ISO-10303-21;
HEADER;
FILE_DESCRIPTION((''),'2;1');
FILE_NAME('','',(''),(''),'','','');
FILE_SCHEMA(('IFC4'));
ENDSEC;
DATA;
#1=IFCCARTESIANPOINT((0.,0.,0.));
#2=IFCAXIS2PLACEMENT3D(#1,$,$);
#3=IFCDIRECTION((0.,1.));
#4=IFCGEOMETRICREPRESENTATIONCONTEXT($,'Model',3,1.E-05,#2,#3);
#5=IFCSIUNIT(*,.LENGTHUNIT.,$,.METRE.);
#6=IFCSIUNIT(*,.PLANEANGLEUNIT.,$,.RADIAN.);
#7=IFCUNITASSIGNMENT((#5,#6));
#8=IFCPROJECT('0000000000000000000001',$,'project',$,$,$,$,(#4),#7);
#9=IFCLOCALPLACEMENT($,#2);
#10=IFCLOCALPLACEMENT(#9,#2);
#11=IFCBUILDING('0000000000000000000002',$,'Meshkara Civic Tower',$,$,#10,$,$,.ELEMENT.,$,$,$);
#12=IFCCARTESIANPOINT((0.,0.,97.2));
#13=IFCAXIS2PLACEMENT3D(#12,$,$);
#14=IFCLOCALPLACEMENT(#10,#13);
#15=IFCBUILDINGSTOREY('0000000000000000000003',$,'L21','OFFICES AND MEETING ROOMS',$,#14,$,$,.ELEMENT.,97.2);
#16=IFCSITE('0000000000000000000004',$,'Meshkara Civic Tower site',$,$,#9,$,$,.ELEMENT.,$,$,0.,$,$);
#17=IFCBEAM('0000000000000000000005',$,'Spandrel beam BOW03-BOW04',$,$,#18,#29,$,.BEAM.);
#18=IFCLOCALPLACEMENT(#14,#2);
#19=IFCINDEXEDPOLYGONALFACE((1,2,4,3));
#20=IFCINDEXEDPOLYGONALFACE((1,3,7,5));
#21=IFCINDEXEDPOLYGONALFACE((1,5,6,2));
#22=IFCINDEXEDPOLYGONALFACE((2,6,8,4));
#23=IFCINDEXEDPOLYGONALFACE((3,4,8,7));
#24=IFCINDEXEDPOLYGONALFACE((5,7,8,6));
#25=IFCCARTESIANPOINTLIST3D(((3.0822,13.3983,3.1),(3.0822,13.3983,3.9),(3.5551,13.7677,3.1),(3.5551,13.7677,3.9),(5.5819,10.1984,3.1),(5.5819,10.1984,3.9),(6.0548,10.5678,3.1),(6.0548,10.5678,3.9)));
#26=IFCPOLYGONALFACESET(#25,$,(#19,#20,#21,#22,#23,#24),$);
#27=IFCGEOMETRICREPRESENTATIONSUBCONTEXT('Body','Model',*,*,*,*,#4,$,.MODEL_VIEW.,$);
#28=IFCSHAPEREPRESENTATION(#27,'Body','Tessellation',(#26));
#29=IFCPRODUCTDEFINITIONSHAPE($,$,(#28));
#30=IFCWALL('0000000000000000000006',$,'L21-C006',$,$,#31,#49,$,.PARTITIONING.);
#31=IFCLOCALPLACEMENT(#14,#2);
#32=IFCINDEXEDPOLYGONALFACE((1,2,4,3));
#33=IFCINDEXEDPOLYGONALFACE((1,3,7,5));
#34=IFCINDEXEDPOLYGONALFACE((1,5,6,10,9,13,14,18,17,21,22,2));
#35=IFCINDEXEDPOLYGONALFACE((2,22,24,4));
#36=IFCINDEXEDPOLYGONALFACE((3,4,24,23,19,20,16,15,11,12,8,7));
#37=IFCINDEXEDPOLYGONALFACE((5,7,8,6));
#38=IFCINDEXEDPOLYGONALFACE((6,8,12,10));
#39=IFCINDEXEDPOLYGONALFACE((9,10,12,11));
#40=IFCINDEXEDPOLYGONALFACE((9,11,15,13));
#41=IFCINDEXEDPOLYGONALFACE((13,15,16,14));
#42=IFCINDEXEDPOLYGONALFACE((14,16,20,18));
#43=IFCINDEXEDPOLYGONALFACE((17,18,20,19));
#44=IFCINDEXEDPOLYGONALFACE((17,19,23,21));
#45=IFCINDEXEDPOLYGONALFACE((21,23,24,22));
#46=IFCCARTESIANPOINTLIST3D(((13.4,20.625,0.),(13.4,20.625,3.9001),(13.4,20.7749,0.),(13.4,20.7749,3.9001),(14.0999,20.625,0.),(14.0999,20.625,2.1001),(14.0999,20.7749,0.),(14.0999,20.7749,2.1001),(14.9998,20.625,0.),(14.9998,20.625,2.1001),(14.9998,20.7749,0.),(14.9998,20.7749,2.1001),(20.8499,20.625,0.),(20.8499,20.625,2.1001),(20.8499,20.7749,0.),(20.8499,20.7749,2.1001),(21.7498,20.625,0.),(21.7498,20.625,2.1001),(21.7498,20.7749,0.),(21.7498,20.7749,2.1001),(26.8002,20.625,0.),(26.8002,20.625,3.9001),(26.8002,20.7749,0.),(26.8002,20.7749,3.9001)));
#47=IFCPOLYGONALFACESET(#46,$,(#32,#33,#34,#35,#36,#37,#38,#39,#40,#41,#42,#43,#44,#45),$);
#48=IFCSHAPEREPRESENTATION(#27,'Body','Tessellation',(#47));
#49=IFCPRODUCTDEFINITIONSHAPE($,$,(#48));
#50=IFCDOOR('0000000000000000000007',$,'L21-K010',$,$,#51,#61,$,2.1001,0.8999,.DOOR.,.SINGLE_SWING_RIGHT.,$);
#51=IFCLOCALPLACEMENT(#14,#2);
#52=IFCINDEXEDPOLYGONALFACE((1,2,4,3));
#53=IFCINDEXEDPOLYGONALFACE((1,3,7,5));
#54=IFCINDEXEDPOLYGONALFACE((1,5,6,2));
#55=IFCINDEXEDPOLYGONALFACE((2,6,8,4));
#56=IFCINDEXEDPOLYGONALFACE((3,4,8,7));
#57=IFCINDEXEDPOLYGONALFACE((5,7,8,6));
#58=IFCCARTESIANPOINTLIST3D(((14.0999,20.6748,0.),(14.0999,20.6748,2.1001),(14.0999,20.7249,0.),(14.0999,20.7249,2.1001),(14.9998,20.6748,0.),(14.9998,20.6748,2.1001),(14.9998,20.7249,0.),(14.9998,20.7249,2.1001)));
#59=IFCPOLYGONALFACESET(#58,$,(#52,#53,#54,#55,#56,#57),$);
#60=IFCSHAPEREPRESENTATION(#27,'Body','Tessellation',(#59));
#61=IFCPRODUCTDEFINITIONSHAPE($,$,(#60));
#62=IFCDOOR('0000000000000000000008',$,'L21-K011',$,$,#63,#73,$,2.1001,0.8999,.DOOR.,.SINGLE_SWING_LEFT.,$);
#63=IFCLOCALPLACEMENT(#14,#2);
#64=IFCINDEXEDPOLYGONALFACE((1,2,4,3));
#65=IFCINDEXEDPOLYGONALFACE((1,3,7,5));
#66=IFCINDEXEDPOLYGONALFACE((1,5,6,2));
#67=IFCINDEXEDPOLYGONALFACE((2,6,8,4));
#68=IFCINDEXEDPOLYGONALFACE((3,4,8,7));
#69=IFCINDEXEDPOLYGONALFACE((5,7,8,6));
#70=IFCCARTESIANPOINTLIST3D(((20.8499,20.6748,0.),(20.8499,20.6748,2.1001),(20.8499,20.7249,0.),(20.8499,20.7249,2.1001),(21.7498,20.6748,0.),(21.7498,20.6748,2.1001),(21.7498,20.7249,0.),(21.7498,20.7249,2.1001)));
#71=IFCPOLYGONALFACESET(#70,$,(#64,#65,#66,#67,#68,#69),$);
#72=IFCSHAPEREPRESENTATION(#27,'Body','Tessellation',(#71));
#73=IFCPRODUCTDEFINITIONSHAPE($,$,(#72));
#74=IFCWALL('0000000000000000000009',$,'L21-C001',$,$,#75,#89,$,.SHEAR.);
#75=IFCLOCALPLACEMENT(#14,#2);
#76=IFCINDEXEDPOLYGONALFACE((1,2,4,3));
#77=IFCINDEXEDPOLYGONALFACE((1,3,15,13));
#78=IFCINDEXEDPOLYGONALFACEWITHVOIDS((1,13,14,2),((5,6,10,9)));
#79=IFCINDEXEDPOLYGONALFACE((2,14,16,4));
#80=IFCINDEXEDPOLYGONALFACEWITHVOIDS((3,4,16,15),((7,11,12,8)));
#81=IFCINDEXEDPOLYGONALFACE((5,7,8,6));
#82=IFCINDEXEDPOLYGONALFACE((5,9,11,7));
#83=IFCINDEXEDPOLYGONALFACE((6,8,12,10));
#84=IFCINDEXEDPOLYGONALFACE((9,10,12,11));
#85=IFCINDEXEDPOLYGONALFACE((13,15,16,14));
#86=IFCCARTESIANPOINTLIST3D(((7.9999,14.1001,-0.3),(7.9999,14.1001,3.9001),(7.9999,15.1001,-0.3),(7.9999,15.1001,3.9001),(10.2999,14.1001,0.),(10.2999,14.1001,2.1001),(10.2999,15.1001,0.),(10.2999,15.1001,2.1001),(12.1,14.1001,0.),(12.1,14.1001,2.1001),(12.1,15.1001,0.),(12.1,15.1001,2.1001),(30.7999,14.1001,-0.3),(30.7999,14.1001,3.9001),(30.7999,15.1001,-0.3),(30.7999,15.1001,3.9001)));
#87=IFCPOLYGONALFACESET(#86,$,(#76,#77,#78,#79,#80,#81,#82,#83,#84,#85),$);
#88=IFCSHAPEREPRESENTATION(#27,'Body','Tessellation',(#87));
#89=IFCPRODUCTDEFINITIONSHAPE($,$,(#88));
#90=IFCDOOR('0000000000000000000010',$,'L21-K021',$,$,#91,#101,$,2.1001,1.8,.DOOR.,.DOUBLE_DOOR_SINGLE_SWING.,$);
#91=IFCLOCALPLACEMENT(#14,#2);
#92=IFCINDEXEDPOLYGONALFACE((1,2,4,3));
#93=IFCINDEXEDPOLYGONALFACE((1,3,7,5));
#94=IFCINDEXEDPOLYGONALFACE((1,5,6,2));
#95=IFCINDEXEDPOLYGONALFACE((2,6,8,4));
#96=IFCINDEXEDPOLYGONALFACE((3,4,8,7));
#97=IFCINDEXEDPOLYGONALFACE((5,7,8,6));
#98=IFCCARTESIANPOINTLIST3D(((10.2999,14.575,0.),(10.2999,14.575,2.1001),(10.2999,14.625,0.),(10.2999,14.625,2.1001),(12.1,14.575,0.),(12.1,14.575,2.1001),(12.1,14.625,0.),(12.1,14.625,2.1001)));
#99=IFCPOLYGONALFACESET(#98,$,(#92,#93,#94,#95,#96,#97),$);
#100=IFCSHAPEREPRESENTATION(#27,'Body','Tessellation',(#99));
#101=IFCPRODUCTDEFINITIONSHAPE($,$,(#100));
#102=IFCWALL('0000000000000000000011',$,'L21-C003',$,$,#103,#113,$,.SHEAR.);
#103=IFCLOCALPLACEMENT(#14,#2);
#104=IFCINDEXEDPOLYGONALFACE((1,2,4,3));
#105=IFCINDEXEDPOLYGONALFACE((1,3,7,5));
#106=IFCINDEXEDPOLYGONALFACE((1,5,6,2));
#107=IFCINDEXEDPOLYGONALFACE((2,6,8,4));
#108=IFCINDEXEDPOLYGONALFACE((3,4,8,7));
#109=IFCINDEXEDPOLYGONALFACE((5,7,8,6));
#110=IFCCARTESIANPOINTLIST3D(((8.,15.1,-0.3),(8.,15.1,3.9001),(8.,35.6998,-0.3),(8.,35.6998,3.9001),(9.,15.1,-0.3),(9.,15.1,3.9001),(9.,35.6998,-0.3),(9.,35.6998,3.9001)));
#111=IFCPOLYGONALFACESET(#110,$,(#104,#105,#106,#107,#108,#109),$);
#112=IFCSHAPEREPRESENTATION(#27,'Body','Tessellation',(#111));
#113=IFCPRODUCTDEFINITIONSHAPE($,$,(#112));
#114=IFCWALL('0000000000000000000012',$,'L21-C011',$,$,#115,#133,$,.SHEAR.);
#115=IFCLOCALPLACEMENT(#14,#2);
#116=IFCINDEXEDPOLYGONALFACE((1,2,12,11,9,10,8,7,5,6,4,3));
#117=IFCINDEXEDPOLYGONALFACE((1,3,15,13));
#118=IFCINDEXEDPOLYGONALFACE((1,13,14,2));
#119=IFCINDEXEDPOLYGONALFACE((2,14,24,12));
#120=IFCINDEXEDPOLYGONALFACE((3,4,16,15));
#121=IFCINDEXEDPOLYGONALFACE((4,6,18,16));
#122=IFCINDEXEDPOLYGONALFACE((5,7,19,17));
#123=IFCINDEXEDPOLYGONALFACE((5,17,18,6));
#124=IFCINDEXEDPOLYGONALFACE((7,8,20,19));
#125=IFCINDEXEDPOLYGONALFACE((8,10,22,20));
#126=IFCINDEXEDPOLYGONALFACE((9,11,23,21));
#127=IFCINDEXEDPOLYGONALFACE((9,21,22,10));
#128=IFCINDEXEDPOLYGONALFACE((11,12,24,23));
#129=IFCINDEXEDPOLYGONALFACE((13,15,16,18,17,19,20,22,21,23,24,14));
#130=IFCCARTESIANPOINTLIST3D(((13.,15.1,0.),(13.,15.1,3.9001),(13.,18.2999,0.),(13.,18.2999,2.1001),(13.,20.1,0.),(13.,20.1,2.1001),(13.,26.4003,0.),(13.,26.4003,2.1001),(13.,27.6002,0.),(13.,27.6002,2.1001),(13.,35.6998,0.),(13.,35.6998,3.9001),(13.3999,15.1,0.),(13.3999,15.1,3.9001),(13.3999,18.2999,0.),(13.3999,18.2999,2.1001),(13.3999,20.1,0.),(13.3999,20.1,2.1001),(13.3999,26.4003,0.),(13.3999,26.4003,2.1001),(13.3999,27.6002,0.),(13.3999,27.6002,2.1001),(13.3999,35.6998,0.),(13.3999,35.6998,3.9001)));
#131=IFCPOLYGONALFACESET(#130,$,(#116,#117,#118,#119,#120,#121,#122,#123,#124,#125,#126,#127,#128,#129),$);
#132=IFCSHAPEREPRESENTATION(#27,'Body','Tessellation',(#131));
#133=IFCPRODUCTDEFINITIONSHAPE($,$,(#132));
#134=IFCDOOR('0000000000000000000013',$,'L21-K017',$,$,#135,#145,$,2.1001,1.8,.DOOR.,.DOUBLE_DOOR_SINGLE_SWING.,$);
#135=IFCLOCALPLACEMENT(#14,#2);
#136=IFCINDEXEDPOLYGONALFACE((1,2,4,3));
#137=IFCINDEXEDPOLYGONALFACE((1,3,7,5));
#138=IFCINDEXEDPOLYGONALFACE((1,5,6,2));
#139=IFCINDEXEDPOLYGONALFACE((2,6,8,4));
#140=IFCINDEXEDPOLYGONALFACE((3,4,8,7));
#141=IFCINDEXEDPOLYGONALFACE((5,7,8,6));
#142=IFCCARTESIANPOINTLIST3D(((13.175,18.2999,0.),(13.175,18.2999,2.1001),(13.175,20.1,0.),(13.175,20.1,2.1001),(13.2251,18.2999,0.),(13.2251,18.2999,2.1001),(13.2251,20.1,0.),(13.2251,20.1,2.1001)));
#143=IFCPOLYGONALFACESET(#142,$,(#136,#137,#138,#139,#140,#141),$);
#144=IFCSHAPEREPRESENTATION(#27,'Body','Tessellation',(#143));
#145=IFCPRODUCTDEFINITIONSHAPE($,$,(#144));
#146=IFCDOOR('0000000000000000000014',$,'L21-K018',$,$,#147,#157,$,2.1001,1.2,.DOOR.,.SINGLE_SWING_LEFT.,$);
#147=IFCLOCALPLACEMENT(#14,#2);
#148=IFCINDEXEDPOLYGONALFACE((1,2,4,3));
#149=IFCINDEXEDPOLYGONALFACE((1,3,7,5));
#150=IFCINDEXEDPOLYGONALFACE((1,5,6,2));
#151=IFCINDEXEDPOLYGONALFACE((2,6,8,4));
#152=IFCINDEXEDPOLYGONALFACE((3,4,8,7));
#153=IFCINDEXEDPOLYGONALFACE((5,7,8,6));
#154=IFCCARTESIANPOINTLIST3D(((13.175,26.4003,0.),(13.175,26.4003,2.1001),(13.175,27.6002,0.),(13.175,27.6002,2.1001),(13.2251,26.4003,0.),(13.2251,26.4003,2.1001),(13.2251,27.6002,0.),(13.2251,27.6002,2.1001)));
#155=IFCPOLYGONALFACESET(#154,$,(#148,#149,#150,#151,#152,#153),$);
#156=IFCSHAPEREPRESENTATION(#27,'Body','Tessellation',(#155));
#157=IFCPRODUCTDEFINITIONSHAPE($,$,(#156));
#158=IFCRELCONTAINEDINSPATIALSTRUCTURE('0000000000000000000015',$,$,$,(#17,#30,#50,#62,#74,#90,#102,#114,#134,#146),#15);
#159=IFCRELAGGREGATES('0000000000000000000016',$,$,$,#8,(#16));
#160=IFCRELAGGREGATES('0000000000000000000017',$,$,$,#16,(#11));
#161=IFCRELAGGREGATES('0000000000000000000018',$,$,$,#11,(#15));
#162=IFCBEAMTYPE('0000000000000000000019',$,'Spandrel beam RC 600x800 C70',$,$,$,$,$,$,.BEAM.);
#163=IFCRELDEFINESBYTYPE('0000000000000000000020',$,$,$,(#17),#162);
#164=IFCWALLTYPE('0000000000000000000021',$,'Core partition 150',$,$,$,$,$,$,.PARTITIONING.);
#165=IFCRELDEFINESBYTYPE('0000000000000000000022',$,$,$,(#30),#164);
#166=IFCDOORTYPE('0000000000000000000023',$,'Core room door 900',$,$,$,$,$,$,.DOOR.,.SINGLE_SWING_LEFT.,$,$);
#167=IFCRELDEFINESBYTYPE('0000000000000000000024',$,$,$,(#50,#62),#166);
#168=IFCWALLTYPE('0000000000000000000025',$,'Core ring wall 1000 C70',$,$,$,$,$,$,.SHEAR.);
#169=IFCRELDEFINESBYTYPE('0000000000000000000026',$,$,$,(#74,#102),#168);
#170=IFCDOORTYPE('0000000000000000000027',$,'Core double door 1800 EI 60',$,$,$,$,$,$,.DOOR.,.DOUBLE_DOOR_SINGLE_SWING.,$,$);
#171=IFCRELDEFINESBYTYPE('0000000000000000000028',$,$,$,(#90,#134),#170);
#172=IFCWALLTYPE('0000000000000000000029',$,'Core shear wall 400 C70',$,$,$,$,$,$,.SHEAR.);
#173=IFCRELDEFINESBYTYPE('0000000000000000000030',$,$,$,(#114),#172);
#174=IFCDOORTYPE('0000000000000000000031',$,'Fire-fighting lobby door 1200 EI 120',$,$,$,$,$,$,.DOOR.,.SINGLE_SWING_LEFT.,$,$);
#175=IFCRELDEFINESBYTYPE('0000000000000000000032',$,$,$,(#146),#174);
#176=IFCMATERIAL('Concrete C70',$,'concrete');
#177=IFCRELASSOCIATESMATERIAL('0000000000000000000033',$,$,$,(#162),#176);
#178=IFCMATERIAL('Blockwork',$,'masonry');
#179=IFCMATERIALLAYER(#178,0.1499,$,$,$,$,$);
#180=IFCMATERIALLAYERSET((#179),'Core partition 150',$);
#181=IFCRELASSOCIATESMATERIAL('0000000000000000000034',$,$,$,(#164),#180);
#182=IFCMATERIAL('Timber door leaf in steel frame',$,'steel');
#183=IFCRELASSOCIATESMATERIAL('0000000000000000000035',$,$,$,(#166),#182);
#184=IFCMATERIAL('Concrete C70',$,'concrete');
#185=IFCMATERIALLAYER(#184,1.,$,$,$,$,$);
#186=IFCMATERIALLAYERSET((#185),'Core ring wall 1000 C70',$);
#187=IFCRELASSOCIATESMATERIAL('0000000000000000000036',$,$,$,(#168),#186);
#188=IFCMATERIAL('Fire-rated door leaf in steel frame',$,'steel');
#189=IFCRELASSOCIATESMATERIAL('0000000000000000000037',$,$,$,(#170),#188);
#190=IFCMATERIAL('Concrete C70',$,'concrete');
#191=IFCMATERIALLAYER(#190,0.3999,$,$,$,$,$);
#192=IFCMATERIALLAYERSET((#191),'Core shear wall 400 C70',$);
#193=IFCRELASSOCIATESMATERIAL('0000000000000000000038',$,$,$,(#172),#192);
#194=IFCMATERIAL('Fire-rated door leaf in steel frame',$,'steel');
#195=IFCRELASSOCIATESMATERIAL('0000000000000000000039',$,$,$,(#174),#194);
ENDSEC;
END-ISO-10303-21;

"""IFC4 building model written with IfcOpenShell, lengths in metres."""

from ifc_helpers import new_model, si_unit, direction, frame, frame_2d, origin, origin_2d, place, context, subcontext, project, spatial, rectangle, extrude, material, layer, layer_set, material_profile, profile_set, type_object, element, fill, save


model = new_model("IFC4")

# Units and contexts
model_context = context("Model", 3, precision=1e-05, world=origin(), true_north=direction((0.0, 1.0)))
body_context = subcontext(model_context, "Body", "Model", "MODEL_VIEW")
ifc_project = project(units=[si_unit("LENGTHUNIT", "METRE"), si_unit("PLANEANGLEUNIT", "RADIAN")], contexts=[model_context])

# Site, building, storey
site_placement = place(None, origin())
site = spatial("IfcSite", under=ifc_project, at=site_placement, Name="Meshkara Civic Tower site", CompositionType="ELEMENT", RefElevation=0.0)
building_placement = place(site_placement, origin())
building = spatial("IfcBuilding", under=site, at=building_placement, Name="Meshkara Civic Tower", CompositionType="ELEMENT")
storey_placement = place(building_placement, frame((0.0, 0.0, 97.2)))
storey = spatial("IfcBuildingStorey", under=building, at=storey_placement, Name="L21", Description="OFFICES AND MEETING ROOMS", CompositionType="ELEMENT", Elevation=97.2)

# Beam
ifc_material_1 = material(Name="Concrete C70", Category="concrete")
ifc_material_profile = material_profile(ifc_material_1, rectangle(XDim=0.6001, YDim=0.8, at=origin_2d()))
ifc_profile_set = profile_set([ifc_material_profile], Name="Concrete C70")
beam_type = type_object("IfcBeamType", Name="Spandrel beam RC 600x800 C70", PredefinedType="BEAM", material=ifc_profile_set)
beam_placement = place(storey_placement, frame((3.3186, 13.583, 3.5), z_axis=(0.615613, -0.788049, 0.0), x_axis=(0.788049, 0.615613, 0.0)))
element("IfcBeam", 1, at=beam_placement, inside=storey, type_object=beam_type, Name="Spandrel beam BOW03-BOW04", PredefinedType="BEAM", context=body_context, shape_type="SweptSolid", body=[
    extrude(rectangle(XDim=0.6001, YDim=0.8, at=origin_2d()), origin(), (0.0, 0.0, 1.0), 4.0605),
])

# Wall, openings, doors
ifc_material_2 = material(Name="Blockwork", Category="masonry")
ifc_layer_1 = layer(ifc_material_2, 0.1499)
ifc_layer_set_1 = layer_set([ifc_layer_1], Name="Core partition 150")
wall_type_1 = type_object("IfcWallType", Name="Core partition 150", PredefinedType="PARTITIONING", material=ifc_layer_set_1)
wall_1_placement = place(storey_placement, frame((13.3999, 20.7, 0.0), z_axis=(0.0, 0.0, 1.0), x_axis=(1.0, 0.0, 0.0)))
wall_1 = element("IfcWall", 2, at=wall_1_placement, inside=storey, type_object=wall_type_1, Name="L21-C006", PredefinedType="PARTITIONING", context=body_context, shape_type="SweptSolid", body=[
    extrude(rectangle(XDim=13.4001, YDim=0.1499, at=frame_2d((6.7002, 0.0))), origin(), (0.0, 0.0, 1.0), 3.9001),
])
opening_1_placement = place(wall_1_placement, frame((0.7, 0.0, 0.0)))
opening_1 = element("IfcOpeningElement", 3, at=opening_1_placement, cuts=wall_1, PredefinedType="OPENING", context=body_context, shape_type="SweptSolid", body=[
    extrude(rectangle(XDim=0.8999, YDim=2.1001, at=frame_2d((0.45, 1.05))), frame((0.0, 0.085, 0.0), z_axis=(0.0, -1.0, 0.0), x_axis=(1.0, 0.0, 0.0)), (0.0, 0.0, 1.0), 0.1699),
])
opening_2_placement = place(wall_1_placement, frame((7.45, 0.0, 0.0)))
opening_2 = element("IfcOpeningElement", 4, at=opening_2_placement, cuts=wall_1, PredefinedType="OPENING", context=body_context, shape_type="SweptSolid", body=[
    extrude(rectangle(XDim=0.8999, YDim=2.1001, at=frame_2d((0.45, 1.05))), frame((0.0, 0.085, 0.0), z_axis=(0.0, -1.0, 0.0), x_axis=(1.0, 0.0, 0.0)), (0.0, 0.0, 1.0), 0.1699),
])
ifc_material_3 = material(Name="Timber door leaf in steel frame", Category="steel")
door_type_1 = type_object("IfcDoorType", Name="Core room door 900", OperationType="SINGLE_SWING_LEFT", PredefinedType="DOOR", material=ifc_material_3)
door_1_placement = place(opening_1_placement, origin())
door_1 = element("IfcDoor", 5, at=door_1_placement, inside=storey, type_object=door_type_1, Name="L21-K010", OperationType="SINGLE_SWING_RIGHT", OverallHeight=2.1001, OverallWidth=0.8999, PredefinedType="DOOR", context=body_context, shape_type="SweptSolid", body=[
    extrude(rectangle(XDim=0.8999, YDim=2.1001, at=frame_2d((0.45, 1.05))), frame((0.0, 0.0249, 0.0), z_axis=(0.0, -1.0, 0.0), x_axis=(1.0, 0.0, 0.0)), (0.0, 0.0, 1.0), 0.05),
])
fill(opening_1, door_1)
door_2_placement = place(opening_2_placement, origin())
door_2 = element("IfcDoor", 6, at=door_2_placement, inside=storey, type_object=door_type_1, Name="L21-K011", OperationType="SINGLE_SWING_LEFT", OverallHeight=2.1001, OverallWidth=0.8999, PredefinedType="DOOR", context=body_context, shape_type="SweptSolid", body=[
    extrude(rectangle(XDim=0.8999, YDim=2.1001, at=frame_2d((0.45, 1.05))), frame((0.0, 0.0249, 0.0), z_axis=(0.0, -1.0, 0.0), x_axis=(1.0, 0.0, 0.0)), (0.0, 0.0, 1.0), 0.05),
])
fill(opening_2, door_2)

# Wall, opening, door
ifc_material_4 = material(Name="Concrete C70", Category="concrete")
ifc_layer_2 = layer(ifc_material_4, 1.0)
ifc_layer_set_2 = layer_set([ifc_layer_2], Name="Core ring wall 1000 C70")
wall_type_2 = type_object("IfcWallType", Name="Core ring wall 1000 C70", PredefinedType="SHEAR", material=ifc_layer_set_2)
wall_2_placement = place(storey_placement, frame((8.0, 14.6001, -0.3), z_axis=(0.0, 0.0, 1.0), x_axis=(1.0, 0.0, 0.0)))
wall_2 = element("IfcWall", 7, at=wall_2_placement, inside=storey, type_object=wall_type_2, Name="L21-C001", PredefinedType="SHEAR", context=body_context, shape_type="SweptSolid", body=[
    extrude(rectangle(XDim=22.8, YDim=1.0, at=frame_2d((11.3999, 0.0))), origin(), (0.0, 0.0, 1.0), 4.2002),
])
opening_3_placement = place(wall_2_placement, frame((2.3, 0.0, 0.3)))
opening_3 = element("IfcOpeningElement", 8, at=opening_3_placement, cuts=wall_2, PredefinedType="OPENING", context=body_context, shape_type="SweptSolid", body=[
    extrude(rectangle(XDim=1.8, YDim=2.1001, at=frame_2d((0.8999, 1.05))), frame((0.0, 0.51, 0.0), z_axis=(0.0, -1.0, 0.0), x_axis=(1.0, 0.0, 0.0)), (0.0, 0.0, 1.0), 1.02),
])
ifc_material_5 = material(Name="Fire-rated door leaf in steel frame", Category="steel")
door_type_2 = type_object("IfcDoorType", Name="Core double door 1800 EI 60", OperationType="DOUBLE_DOOR_SINGLE_SWING", PredefinedType="DOOR", material=ifc_material_5)
door_3_placement = place(opening_3_placement, origin())
door_3 = element("IfcDoor", 9, at=door_3_placement, inside=storey, type_object=door_type_2, Name="L21-K021", OperationType="DOUBLE_DOOR_SINGLE_SWING", OverallHeight=2.1001, OverallWidth=1.8, PredefinedType="DOOR", context=body_context, shape_type="SweptSolid", body=[
    extrude(rectangle(XDim=1.8, YDim=2.1001, at=frame_2d((0.8999, 1.05))), frame((0.0, 0.0249, 0.0), z_axis=(0.0, -1.0, 0.0), x_axis=(1.0, 0.0, 0.0)), (0.0, 0.0, 1.0), 0.05),
])
fill(opening_3, door_3)

# Wall
wall_3_placement = place(storey_placement, frame((8.5, 15.1001, -0.3), z_axis=(0.0, 0.0, 1.0), x_axis=(0.0, 1.0, 0.0)))
element("IfcWall", 10, at=wall_3_placement, inside=storey, type_object=wall_type_2, Name="L21-C003", PredefinedType="SHEAR", context=body_context, shape_type="SweptSolid", body=[
    extrude(rectangle(XDim=20.5999, YDim=1.0, at=frame_2d((10.2998, 0.0))), origin(), (0.0, 0.0, 1.0), 4.2002),
])

# Wall, openings, doors
ifc_material_6 = material(Name="Concrete C70", Category="concrete")
ifc_layer_3 = layer(ifc_material_6, 0.3999)
ifc_layer_set_3 = layer_set([ifc_layer_3], Name="Core shear wall 400 C70")
wall_type_3 = type_object("IfcWallType", Name="Core shear wall 400 C70", PredefinedType="SHEAR", material=ifc_layer_set_3)
wall_4_placement = place(storey_placement, frame((13.2, 15.1001, 0.0), z_axis=(0.0, 0.0, 1.0), x_axis=(0.0, 1.0, 0.0)))
wall_4 = element("IfcWall", 11, at=wall_4_placement, inside=storey, type_object=wall_type_3, Name="L21-C011", PredefinedType="SHEAR", context=body_context, shape_type="SweptSolid", body=[
    extrude(rectangle(XDim=20.5999, YDim=0.3999, at=frame_2d((10.2998, 0.0))), origin(), (0.0, 0.0, 1.0), 3.9001),
])
opening_4_placement = place(wall_4_placement, frame((3.2, 0.0, 0.0)))
opening_4 = element("IfcOpeningElement", 12, at=opening_4_placement, cuts=wall_4, PredefinedType="OPENING", context=body_context, shape_type="SweptSolid", body=[
    extrude(rectangle(XDim=1.8, YDim=2.1001, at=frame_2d((0.8999, 1.05))), frame((0.0, 0.21, 0.0), z_axis=(0.0, -1.0, 0.0), x_axis=(1.0, 0.0, 0.0)), (0.0, 0.0, 1.0), 0.4199),
])
opening_5_placement = place(wall_4_placement, frame((11.3, 0.0, 0.0)))
opening_5 = element("IfcOpeningElement", 13, at=opening_5_placement, cuts=wall_4, PredefinedType="OPENING", context=body_context, shape_type="SweptSolid", body=[
    extrude(rectangle(XDim=1.2, YDim=2.1001, at=frame_2d((0.6001, 1.05))), frame((0.0, 0.21, 0.0), z_axis=(0.0, -1.0, 0.0), x_axis=(1.0, 0.0, 0.0)), (0.0, 0.0, 1.0), 0.4199),
])
door_4_placement = place(opening_4_placement, origin())
door_4 = element("IfcDoor", 14, at=door_4_placement, inside=storey, type_object=door_type_2, Name="L21-K017", OperationType="DOUBLE_DOOR_SINGLE_SWING", OverallHeight=2.1001, OverallWidth=1.8, PredefinedType="DOOR", context=body_context, shape_type="SweptSolid", body=[
    extrude(rectangle(XDim=1.8, YDim=2.1001, at=frame_2d((0.8999, 1.05))), frame((0.0, 0.0249, 0.0), z_axis=(0.0, -1.0, 0.0), x_axis=(1.0, 0.0, 0.0)), (0.0, 0.0, 1.0), 0.05),
])
fill(opening_4, door_4)
ifc_material_7 = material(Name="Fire-rated door leaf in steel frame", Category="steel")
door_type_3 = type_object("IfcDoorType", Name="Fire-fighting lobby door 1200 EI 120", OperationType="SINGLE_SWING_LEFT", PredefinedType="DOOR", material=ifc_material_7)
door_5_placement = place(opening_5_placement, origin())
door_5 = element("IfcDoor", 15, at=door_5_placement, inside=storey, type_object=door_type_3, Name="L21-K018", OperationType="SINGLE_SWING_LEFT", OverallHeight=2.1001, OverallWidth=1.2, PredefinedType="DOOR", context=body_context, shape_type="SweptSolid", body=[
    extrude(rectangle(XDim=1.2, YDim=2.1001, at=frame_2d((0.6001, 1.05))), frame((0.0, 0.0249, 0.0), z_axis=(0.0, -1.0, 0.0), x_axis=(1.0, 0.0, 0.0)), (0.0, 0.0, 1.0), 0.05),
])
fill(opening_5, door_5)

save(model, "model.ifc")
